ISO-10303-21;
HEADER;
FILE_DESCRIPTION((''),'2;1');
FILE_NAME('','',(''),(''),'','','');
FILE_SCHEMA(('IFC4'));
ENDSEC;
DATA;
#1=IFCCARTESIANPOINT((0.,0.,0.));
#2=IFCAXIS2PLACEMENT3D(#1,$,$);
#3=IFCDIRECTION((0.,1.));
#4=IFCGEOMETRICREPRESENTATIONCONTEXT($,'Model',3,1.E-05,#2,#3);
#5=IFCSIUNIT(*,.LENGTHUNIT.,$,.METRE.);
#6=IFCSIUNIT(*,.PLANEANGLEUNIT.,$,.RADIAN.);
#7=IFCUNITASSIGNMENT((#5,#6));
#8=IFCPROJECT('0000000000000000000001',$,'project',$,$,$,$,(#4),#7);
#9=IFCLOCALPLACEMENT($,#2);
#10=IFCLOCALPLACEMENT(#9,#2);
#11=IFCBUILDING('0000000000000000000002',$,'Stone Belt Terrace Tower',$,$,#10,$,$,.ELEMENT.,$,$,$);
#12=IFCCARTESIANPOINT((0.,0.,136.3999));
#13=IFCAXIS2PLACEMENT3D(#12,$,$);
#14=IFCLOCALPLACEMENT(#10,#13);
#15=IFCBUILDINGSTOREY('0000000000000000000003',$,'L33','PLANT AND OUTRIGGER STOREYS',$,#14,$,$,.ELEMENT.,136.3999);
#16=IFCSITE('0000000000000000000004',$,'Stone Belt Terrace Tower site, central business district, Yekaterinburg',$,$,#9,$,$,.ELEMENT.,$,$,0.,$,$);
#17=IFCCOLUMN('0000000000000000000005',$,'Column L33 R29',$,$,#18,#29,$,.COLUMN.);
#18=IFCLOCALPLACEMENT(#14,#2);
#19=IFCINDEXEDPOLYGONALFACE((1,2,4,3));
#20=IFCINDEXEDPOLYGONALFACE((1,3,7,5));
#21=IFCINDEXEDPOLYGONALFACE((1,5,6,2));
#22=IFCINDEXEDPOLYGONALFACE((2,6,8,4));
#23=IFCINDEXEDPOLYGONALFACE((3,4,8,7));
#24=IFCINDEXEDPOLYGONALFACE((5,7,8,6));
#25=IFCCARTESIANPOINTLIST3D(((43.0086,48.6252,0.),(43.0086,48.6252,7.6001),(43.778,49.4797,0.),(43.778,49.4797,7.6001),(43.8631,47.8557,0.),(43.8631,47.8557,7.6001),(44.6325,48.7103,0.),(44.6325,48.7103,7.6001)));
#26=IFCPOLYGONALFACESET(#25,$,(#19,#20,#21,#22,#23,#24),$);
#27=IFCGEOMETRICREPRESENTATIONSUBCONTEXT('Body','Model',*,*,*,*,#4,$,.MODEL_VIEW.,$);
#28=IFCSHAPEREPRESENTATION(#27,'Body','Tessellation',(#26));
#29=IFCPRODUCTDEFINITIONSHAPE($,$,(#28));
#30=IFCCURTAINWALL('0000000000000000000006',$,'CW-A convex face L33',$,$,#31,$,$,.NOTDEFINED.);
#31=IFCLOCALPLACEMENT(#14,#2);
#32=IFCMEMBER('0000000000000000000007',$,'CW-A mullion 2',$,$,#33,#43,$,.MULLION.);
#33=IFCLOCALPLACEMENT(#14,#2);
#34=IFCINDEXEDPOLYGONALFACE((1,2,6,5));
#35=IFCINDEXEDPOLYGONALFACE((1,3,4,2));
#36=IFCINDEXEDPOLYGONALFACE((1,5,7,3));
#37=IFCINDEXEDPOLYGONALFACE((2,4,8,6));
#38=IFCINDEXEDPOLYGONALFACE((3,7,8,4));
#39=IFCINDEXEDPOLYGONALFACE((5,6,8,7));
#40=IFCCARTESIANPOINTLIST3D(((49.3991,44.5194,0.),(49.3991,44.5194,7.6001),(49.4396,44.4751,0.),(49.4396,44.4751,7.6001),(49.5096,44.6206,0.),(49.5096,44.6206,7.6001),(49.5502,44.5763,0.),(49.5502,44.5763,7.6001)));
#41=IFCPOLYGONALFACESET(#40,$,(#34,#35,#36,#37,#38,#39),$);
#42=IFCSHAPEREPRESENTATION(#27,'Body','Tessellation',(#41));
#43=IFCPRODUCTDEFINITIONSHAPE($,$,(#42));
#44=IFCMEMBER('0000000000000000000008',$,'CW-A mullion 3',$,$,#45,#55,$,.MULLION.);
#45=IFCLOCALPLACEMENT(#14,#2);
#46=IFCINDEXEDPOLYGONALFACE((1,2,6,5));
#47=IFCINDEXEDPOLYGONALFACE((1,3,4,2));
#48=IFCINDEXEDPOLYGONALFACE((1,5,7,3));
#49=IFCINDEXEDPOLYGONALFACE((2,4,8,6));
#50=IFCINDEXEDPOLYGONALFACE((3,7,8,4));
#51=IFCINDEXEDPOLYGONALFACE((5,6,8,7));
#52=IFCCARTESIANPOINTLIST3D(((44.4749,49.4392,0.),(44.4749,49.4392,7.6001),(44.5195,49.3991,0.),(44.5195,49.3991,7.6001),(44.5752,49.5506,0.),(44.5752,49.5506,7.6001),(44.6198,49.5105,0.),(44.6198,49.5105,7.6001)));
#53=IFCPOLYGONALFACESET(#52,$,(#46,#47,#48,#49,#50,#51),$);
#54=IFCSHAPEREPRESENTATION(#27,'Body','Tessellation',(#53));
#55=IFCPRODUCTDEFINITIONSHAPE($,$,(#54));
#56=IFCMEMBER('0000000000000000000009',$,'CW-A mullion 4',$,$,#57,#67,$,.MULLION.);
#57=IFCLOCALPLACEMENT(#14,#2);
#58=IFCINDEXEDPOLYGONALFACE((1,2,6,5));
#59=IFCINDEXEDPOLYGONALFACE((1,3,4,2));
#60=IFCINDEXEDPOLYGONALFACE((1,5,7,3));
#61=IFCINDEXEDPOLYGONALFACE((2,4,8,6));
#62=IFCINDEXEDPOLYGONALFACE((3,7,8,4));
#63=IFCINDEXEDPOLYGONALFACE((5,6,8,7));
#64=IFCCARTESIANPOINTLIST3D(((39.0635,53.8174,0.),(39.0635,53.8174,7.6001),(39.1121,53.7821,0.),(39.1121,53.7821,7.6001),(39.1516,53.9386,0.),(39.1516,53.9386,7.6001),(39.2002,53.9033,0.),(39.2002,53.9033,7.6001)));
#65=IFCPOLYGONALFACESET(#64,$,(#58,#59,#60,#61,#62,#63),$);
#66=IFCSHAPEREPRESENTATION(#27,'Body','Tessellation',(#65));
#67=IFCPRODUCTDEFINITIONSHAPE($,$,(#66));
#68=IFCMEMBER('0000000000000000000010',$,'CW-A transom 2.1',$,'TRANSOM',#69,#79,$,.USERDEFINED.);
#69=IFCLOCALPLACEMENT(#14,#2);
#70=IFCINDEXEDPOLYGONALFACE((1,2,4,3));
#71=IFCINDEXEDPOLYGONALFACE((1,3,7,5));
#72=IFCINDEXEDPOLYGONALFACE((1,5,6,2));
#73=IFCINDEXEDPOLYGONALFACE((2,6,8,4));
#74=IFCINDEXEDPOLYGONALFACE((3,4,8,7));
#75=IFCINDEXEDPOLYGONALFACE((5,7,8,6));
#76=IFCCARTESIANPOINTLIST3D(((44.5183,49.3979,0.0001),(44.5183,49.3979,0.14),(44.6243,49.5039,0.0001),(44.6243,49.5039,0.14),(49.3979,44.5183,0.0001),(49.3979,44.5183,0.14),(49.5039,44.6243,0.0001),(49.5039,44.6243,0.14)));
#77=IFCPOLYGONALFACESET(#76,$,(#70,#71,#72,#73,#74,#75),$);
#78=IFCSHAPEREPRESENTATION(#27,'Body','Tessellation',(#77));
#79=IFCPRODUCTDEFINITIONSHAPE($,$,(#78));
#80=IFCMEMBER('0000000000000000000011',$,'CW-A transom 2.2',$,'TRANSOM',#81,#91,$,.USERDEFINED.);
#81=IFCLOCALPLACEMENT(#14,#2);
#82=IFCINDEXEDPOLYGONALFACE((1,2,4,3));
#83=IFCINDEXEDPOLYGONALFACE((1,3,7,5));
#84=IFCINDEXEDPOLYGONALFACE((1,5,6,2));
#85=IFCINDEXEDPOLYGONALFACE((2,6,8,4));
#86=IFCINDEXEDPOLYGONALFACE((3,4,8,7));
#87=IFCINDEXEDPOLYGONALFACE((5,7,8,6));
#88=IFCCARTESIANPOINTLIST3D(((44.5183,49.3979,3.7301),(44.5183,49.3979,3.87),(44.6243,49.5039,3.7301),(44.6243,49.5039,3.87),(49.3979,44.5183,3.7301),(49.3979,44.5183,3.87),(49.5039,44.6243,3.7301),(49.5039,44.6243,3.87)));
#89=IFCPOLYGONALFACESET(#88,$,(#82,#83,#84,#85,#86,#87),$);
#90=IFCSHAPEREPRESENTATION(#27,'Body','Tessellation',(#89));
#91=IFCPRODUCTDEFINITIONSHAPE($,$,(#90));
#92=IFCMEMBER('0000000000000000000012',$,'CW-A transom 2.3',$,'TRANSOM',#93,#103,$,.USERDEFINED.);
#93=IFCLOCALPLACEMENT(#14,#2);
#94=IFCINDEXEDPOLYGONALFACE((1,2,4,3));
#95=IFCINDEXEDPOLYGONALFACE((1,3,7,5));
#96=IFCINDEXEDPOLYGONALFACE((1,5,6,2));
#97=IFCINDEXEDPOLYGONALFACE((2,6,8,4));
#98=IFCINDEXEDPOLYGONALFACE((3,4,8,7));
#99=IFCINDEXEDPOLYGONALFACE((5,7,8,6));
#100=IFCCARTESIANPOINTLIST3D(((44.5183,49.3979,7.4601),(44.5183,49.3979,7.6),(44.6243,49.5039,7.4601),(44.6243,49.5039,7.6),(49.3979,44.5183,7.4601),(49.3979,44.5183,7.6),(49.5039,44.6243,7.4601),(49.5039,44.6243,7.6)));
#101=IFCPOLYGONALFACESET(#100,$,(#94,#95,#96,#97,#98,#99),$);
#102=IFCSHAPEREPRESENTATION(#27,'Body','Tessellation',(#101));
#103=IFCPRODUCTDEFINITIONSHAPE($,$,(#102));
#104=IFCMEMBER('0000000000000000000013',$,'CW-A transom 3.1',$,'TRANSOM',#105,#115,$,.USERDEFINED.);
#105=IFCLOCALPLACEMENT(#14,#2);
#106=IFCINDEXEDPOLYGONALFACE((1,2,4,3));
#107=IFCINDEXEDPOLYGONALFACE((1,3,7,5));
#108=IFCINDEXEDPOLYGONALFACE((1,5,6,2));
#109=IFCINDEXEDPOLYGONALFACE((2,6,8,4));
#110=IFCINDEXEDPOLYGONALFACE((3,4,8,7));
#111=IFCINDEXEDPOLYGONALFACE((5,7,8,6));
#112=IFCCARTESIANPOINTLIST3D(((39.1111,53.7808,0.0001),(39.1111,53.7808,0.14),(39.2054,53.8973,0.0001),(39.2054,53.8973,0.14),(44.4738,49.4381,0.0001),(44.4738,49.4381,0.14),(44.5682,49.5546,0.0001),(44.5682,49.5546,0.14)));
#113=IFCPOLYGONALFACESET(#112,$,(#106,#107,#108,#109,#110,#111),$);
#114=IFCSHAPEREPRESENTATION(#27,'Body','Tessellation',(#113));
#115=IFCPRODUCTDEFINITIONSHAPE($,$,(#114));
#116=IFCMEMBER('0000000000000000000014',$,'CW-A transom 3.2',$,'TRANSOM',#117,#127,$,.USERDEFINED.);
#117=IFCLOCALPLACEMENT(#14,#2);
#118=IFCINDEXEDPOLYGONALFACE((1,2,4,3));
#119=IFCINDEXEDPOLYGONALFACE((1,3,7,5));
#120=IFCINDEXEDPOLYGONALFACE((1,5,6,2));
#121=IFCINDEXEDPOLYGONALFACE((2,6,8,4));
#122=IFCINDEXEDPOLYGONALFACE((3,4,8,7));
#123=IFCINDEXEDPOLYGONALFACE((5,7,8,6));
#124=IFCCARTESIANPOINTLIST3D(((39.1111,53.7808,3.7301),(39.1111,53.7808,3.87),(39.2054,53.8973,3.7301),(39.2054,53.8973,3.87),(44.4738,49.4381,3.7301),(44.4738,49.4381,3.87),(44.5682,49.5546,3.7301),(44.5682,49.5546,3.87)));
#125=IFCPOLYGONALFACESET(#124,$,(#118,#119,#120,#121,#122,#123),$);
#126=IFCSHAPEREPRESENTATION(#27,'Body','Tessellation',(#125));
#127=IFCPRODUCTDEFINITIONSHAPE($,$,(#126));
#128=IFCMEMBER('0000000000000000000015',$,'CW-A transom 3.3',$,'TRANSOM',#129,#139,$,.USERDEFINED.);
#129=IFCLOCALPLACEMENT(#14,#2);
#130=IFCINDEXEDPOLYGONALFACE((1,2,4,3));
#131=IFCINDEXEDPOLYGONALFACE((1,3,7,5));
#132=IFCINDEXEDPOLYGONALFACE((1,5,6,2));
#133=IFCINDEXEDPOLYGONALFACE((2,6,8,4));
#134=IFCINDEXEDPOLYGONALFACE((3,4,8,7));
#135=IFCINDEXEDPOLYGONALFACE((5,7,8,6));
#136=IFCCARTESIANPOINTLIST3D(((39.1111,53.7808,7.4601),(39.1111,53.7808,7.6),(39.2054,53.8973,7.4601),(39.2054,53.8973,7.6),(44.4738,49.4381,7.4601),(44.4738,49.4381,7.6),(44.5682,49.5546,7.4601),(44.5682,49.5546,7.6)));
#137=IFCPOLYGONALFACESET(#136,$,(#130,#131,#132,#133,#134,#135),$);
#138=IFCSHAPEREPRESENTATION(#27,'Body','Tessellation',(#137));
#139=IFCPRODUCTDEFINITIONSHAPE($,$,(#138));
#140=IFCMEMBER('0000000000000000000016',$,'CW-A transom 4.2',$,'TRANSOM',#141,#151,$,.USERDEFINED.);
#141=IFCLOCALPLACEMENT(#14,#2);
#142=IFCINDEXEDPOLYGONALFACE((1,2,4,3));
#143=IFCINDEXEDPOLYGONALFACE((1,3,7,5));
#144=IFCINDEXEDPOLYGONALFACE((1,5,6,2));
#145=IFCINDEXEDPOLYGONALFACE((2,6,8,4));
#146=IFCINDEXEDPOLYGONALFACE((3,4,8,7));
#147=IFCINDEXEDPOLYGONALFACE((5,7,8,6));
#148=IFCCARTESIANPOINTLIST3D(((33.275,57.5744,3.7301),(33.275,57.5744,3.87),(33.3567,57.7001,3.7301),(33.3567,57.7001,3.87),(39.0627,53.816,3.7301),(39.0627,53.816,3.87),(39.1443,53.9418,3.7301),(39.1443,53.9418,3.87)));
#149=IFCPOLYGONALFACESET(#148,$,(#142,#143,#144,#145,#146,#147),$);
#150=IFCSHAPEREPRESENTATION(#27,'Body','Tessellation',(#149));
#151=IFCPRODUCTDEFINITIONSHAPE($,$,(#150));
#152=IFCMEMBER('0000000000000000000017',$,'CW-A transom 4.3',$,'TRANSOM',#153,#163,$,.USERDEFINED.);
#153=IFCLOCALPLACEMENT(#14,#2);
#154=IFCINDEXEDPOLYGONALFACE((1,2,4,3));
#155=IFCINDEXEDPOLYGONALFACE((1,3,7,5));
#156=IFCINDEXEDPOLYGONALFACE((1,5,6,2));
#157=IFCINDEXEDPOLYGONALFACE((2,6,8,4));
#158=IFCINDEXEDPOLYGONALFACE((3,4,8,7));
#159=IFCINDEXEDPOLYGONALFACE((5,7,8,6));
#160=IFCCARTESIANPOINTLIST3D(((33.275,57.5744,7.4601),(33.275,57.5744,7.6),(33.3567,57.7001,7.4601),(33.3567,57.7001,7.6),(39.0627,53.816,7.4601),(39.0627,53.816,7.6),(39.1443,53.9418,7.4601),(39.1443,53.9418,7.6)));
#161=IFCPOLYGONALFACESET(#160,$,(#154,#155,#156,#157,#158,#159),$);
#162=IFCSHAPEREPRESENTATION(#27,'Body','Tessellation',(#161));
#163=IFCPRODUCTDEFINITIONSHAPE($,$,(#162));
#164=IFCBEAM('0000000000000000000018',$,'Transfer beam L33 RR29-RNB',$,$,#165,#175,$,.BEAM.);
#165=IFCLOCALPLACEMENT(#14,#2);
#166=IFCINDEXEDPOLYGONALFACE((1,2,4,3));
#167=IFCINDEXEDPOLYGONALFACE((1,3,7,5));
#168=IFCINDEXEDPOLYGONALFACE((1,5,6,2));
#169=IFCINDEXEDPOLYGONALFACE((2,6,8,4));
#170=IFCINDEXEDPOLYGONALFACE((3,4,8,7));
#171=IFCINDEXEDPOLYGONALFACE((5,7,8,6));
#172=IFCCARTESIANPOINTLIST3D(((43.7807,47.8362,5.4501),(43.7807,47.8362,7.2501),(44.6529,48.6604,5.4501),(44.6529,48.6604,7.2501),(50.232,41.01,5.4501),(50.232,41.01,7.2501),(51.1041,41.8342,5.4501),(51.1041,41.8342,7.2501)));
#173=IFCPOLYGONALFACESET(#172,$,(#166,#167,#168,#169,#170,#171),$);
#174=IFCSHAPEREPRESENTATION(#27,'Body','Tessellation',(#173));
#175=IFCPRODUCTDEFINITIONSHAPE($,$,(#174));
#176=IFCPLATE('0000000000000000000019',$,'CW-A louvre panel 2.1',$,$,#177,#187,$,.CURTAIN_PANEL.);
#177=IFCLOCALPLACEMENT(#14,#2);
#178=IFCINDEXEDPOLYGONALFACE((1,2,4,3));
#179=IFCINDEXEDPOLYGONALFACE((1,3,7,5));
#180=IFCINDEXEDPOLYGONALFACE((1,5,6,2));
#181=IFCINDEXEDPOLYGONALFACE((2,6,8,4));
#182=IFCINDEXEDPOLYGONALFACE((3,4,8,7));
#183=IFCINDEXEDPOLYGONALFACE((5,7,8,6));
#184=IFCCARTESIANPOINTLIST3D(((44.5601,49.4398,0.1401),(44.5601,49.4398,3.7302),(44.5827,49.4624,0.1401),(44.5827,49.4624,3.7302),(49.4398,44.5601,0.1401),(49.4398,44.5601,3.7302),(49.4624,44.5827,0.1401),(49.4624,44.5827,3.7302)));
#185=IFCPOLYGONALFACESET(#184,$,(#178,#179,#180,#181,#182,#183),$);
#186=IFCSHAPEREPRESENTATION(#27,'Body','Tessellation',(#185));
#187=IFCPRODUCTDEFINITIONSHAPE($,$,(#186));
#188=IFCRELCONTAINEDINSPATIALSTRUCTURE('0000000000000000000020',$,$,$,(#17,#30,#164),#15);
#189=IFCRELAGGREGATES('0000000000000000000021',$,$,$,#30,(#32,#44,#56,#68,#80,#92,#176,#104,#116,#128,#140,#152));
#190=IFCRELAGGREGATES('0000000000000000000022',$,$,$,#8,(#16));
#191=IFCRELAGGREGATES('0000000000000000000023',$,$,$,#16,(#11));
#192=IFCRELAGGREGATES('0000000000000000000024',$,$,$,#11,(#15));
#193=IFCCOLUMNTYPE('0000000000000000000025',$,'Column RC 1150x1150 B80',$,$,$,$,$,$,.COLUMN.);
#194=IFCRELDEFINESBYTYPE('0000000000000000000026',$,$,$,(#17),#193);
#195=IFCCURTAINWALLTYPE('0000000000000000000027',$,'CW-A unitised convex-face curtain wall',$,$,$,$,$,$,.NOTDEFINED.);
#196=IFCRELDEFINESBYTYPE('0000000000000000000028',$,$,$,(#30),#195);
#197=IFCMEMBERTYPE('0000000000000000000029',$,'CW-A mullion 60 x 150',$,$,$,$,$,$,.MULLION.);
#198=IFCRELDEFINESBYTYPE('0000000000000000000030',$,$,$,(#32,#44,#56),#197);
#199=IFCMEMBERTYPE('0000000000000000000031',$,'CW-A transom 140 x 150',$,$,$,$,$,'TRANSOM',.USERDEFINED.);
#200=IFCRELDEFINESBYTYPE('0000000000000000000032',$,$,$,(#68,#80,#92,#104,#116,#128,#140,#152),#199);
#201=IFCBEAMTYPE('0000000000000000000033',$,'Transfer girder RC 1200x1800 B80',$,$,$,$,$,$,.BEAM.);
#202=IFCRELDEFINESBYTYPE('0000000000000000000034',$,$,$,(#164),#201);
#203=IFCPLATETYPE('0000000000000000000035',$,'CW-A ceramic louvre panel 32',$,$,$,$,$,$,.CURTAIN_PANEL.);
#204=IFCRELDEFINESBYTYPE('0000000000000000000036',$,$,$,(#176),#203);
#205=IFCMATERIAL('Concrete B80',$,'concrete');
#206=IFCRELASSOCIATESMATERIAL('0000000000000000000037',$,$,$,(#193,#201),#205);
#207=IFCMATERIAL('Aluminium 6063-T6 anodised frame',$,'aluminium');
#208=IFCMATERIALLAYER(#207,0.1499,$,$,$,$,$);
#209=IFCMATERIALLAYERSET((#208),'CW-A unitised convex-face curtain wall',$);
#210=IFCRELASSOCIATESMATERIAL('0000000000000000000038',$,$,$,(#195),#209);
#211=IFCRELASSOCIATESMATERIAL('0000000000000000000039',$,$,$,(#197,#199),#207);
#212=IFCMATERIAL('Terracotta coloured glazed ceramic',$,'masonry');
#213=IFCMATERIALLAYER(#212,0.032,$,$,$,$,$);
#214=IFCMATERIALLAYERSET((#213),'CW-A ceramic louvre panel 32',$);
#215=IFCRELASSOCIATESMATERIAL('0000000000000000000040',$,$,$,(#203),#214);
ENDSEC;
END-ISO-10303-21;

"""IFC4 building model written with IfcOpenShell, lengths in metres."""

from ifc_helpers import new_model, si_unit, direction, frame, origin, origin_2d, place, context, subcontext, project, spatial, rectangle, extrude, material, layer, layer_set, material_profile, profile_set, type_object, element, aggregate, save


model = new_model("IFC4")

# Units and contexts
model_context = context("Model", 3, precision=1e-05, world=origin(), true_north=direction((0.0, 1.0)))
body_context = subcontext(model_context, "Body", "Model", "MODEL_VIEW")
ifc_project = project(units=[si_unit("LENGTHUNIT", "METRE"), si_unit("PLANEANGLEUNIT", "RADIAN")], contexts=[model_context])

# Site, building, storey
site_placement = place(None, origin())
site = spatial("IfcSite", under=ifc_project, at=site_placement, Name="Stone Belt Terrace Tower site, central business district, Yekaterinburg", CompositionType="ELEMENT", RefElevation=0.0)
building_placement = place(site_placement, origin())
building = spatial("IfcBuilding", under=site, at=building_placement, Name="Stone Belt Terrace Tower", CompositionType="ELEMENT")
storey_placement = place(building_placement, frame((0.0, 0.0, 136.3999)))
storey = spatial("IfcBuildingStorey", under=building, at=storey_placement, Name="L33", Description="PLANT AND OUTRIGGER STOREYS", CompositionType="ELEMENT", Elevation=136.3999)

# Column
ifc_material_1 = material(Name="Concrete B80", Category="concrete")
ifc_material_profile_1 = material_profile(ifc_material_1, rectangle(XDim=1.1499, YDim=1.1499, at=origin_2d()), Name="RC 1150x1150")
ifc_profile_set_1 = profile_set([ifc_material_profile_1], Name="Concrete B80")
column_type = type_object("IfcColumnType", Name="Column RC 1150x1150 B80", PredefinedType="COLUMN", material=ifc_profile_set_1)
column_placement = place(storey_placement, frame((43.8206, 48.6677, 0.0), z_axis=(0.0, 0.0, 1.0), x_axis=(0.743145, -0.669131, 0.0)))
element("IfcColumn", 1, at=column_placement, inside=storey, type_object=column_type, Name="Column L33 R29", PredefinedType="COLUMN", context=body_context, shape_type="SweptSolid", body=[
    extrude(rectangle(XDim=1.1499, YDim=1.1499, at=origin_2d()), origin(), (0.0, 0.0, 1.0), 7.6001),
])

# Curtain wall, members
ifc_material_2 = material(Name="Aluminium 6063-T6 anodised frame", Category="aluminium")
ifc_layer_1 = layer(ifc_material_2, 0.1499)
ifc_layer_set_1 = layer_set([ifc_layer_1], Name="CW-A unitised convex-face curtain wall")
curtain_wall_type = type_object("IfcCurtainWallType", Name="CW-A unitised convex-face curtain wall", PredefinedType="NOTDEFINED", material=ifc_layer_set_1)
curtain_wall_placement = place(storey_placement, origin())
curtain_wall = element("IfcCurtainWall", 2, at=curtain_wall_placement, inside=storey, type_object=curtain_wall_type, Name="CW-A convex face L33", PredefinedType="NOTDEFINED")
ifc_material_profile_2 = material_profile(ifc_material_2, rectangle(XDim=0.1499, YDim=0.0601, at=origin_2d()), Name="Aluminium 6063-T6 60x150")
ifc_profile_set_2 = profile_set([ifc_material_profile_2], Name="Aluminium 6063-T6 anodised frame")
member_type_1 = type_object("IfcMemberType", Name="CW-A mullion 60 x 150", PredefinedType="MULLION", material=ifc_profile_set_2)
member_1_placement = place(storey_placement, frame((49.4746, 44.5479, 0.0), z_axis=(0.0, 0.0, 1.0), x_axis=(-0.7374, -0.675456, 0.0)))
member_1 = element("IfcMember", 3, at=member_1_placement, type_object=member_type_1, Name="CW-A mullion 2", PredefinedType="MULLION", context=body_context, shape_type="SweptSolid", body=[
    extrude(rectangle(XDim=0.1499, YDim=0.0601, at=origin_2d()), origin(), (0.0, 0.0, 1.0), 7.6001),
])
member_2_placement = place(storey_placement, frame((44.5474, 49.4749, 0.0), z_axis=(0.0, 0.0, 1.0), x_axis=(-0.669131, -0.743145, 0.0)))
member_2 = element("IfcMember", 4, at=member_2_placement, type_object=member_type_1, Name="CW-A mullion 3", PredefinedType="MULLION", context=body_context, shape_type="SweptSolid", body=[
    extrude(rectangle(XDim=0.1499, YDim=0.0601, at=origin_2d()), origin(), (0.0, 0.0, 1.0), 7.6001),
])
member_3_placement = place(storey_placement, frame((39.1318, 53.8604, 0.0), z_axis=(0.0, 0.0, 1.0), x_axis=(-0.587785, -0.809017, 0.0)))
member_3 = element("IfcMember", 5, at=member_3_placement, type_object=member_type_1, Name="CW-A mullion 4", PredefinedType="MULLION", context=body_context, shape_type="SweptSolid", body=[
    extrude(rectangle(XDim=0.1499, YDim=0.0601, at=origin_2d()), origin(), (0.0, 0.0, 1.0), 7.6001),
])
ifc_material_profile_3 = material_profile(ifc_material_2, rectangle(XDim=0.1499, YDim=0.1399, at=origin_2d()), Name="Aluminium 6063-T6 150x140")
ifc_profile_set_3 = profile_set([ifc_material_profile_3], Name="Aluminium 6063-T6 anodised frame")
member_type_2 = type_object("IfcMemberType", Name="CW-A transom 140 x 150", ElementType="TRANSOM", PredefinedType="USERDEFINED", material=ifc_profile_set_3)
member_4_placement = place(storey_placement, frame((49.4509, 44.5713, 0.0701), z_axis=(-0.707107, 0.707107, 0.0), x_axis=(-0.707107, -0.707107, 0.0)))
member_4 = element("IfcMember", 6, at=member_4_placement, type_object=member_type_2, Name="CW-A transom 2.1", ObjectType="TRANSOM", PredefinedType="USERDEFINED", context=body_context, shape_type="SweptSolid", body=[
    extrude(rectangle(XDim=0.1499, YDim=0.1399, at=origin_2d()), origin(), (0.0, 0.0, 1.0), 6.9009),
])
member_5_placement = place(storey_placement, frame((49.4509, 44.5713, 3.8), z_axis=(-0.707107, 0.707107, 0.0), x_axis=(-0.707107, -0.707107, 0.0)))
member_5 = element("IfcMember", 7, at=member_5_placement, type_object=member_type_2, Name="CW-A transom 2.2", ObjectType="TRANSOM", PredefinedType="USERDEFINED", context=body_context, shape_type="SweptSolid", body=[
    extrude(rectangle(XDim=0.1499, YDim=0.1399, at=origin_2d()), origin(), (0.0, 0.0, 1.0), 6.9009),
])
member_6_placement = place(storey_placement, frame((49.4509, 44.5713, 7.53), z_axis=(-0.707107, 0.707107, 0.0), x_axis=(-0.707107, -0.707107, 0.0)))
member_6 = element("IfcMember", 8, at=member_6_placement, type_object=member_type_2, Name="CW-A transom 2.3", ObjectType="TRANSOM", PredefinedType="USERDEFINED", context=body_context, shape_type="SweptSolid", body=[
    extrude(rectangle(XDim=0.1499, YDim=0.1399, at=origin_2d()), origin(), (0.0, 0.0, 1.0), 6.9009),
])
member_7_placement = place(storey_placement, frame((44.521, 49.4963, 0.0701), z_axis=(-0.777141, 0.629326, 0.0), x_axis=(-0.629326, -0.777141, 0.0)))
member_7 = element("IfcMember", 9, at=member_7_placement, type_object=member_type_2, Name="CW-A transom 3.1", ObjectType="TRANSOM", PredefinedType="USERDEFINED", context=body_context, shape_type="SweptSolid", body=[
    extrude(rectangle(XDim=0.1499, YDim=0.1399, at=origin_2d()), origin(), (0.0, 0.0, 1.0), 6.9006),
])
member_8_placement = place(storey_placement, frame((44.521, 49.4963, 3.8), z_axis=(-0.777141, 0.629326, 0.0), x_axis=(-0.629326, -0.777141, 0.0)))
member_8 = element("IfcMember", 10, at=member_8_placement, type_object=member_type_2, Name="CW-A transom 3.2", ObjectType="TRANSOM", PredefinedType="USERDEFINED", context=body_context, shape_type="SweptSolid", body=[
    extrude(rectangle(XDim=0.1499, YDim=0.1399, at=origin_2d()), origin(), (0.0, 0.0, 1.0), 6.9006),
])
member_9_placement = place(storey_placement, frame((44.521, 49.4963, 7.53), z_axis=(-0.777141, 0.629326, 0.0), x_axis=(-0.629326, -0.777141, 0.0)))
member_9 = element("IfcMember", 11, at=member_9_placement, type_object=member_type_2, Name="CW-A transom 3.3", ObjectType="TRANSOM", PredefinedType="USERDEFINED", context=body_context, shape_type="SweptSolid", body=[
    extrude(rectangle(XDim=0.1499, YDim=0.1399, at=origin_2d()), origin(), (0.0, 0.0, 1.0), 6.9006),
])
member_10_placement = place(storey_placement, frame((39.1035, 53.8789, 3.8), z_axis=(-0.838684, 0.544618, 0.0), x_axis=(-0.544618, -0.838684, 0.0)))
member_10 = element("IfcMember", 12, at=member_10_placement, type_object=member_type_2, Name="CW-A transom 4.2", ObjectType="TRANSOM", PredefinedType="USERDEFINED", context=body_context, shape_type="SweptSolid", body=[
    extrude(rectangle(XDim=0.1499, YDim=0.1399, at=origin_2d()), origin(), (0.0, 0.0, 1.0), 6.9009),
])
member_11_placement = place(storey_placement, frame((39.1035, 53.8789, 7.53), z_axis=(-0.838684, 0.544618, 0.0), x_axis=(-0.544618, -0.838684, 0.0)))
member_11 = element("IfcMember", 13, at=member_11_placement, type_object=member_type_2, Name="CW-A transom 4.3", ObjectType="TRANSOM", PredefinedType="USERDEFINED", context=body_context, shape_type="SweptSolid", body=[
    extrude(rectangle(XDim=0.1499, YDim=0.1399, at=origin_2d()), origin(), (0.0, 0.0, 1.0), 6.9009),
])

# Beam
ifc_material_profile_4 = material_profile(ifc_material_1, rectangle(XDim=1.2, YDim=1.8, at=origin_2d()), Name="RC 1200x1800")
ifc_profile_set_4 = profile_set([ifc_material_profile_4], Name="Concrete B80")
beam_type = type_object("IfcBeamType", Name="Transfer girder RC 1200x1800 B80", PredefinedType="BEAM", material=ifc_profile_set_4)
beam_placement = place(storey_placement, frame((44.2168, 48.2483, 6.3501), z_axis=(0.686862, -0.726788, 0.0), x_axis=(0.726788, 0.686862, 0.0)))
element("IfcBeam", 14, at=beam_placement, inside=storey, type_object=beam_type, Name="Transfer beam L33 RR29-RNB", PredefinedType="BEAM", context=body_context, shape_type="SweptSolid", body=[
    extrude(rectangle(XDim=1.2, YDim=1.8, at=origin_2d()), origin(), (0.0, 0.0, 1.0), 9.3923),
])

# Plate
ifc_material_3 = material(Name="Terracotta coloured glazed ceramic", Category="masonry")
ifc_layer_2 = layer(ifc_material_3, 0.032)
ifc_layer_set_2 = layer_set([ifc_layer_2], Name="CW-A ceramic louvre panel 32")
plate_type = type_object("IfcPlateType", Name="CW-A ceramic louvre panel 32", PredefinedType="CURTAIN_PANEL", material=ifc_layer_set_2)
plate_1_placement = place(storey_placement, frame((47.0112, 47.0112, 0.1401), z_axis=(0.0, 0.0, 1.0), x_axis=(-0.707107, 0.707107, 0.0)))
plate_1 = element("IfcPlate", 15, at=plate_1_placement, type_object=plate_type, Name="CW-A louvre panel 2.1", PredefinedType="CURTAIN_PANEL", context=body_context, shape_type="SweptSolid", body=[
    extrude(rectangle(XDim=6.9009, YDim=0.032, at=origin_2d()), origin(), (0.0, 0.0, 1.0), 3.5901),
])
aggregate(curtain_wall, [member_1, member_2, member_3, member_4, member_5, member_6, plate_1, member_7, member_8, member_9, member_10, member_11])

save(model, "model.ifc")
